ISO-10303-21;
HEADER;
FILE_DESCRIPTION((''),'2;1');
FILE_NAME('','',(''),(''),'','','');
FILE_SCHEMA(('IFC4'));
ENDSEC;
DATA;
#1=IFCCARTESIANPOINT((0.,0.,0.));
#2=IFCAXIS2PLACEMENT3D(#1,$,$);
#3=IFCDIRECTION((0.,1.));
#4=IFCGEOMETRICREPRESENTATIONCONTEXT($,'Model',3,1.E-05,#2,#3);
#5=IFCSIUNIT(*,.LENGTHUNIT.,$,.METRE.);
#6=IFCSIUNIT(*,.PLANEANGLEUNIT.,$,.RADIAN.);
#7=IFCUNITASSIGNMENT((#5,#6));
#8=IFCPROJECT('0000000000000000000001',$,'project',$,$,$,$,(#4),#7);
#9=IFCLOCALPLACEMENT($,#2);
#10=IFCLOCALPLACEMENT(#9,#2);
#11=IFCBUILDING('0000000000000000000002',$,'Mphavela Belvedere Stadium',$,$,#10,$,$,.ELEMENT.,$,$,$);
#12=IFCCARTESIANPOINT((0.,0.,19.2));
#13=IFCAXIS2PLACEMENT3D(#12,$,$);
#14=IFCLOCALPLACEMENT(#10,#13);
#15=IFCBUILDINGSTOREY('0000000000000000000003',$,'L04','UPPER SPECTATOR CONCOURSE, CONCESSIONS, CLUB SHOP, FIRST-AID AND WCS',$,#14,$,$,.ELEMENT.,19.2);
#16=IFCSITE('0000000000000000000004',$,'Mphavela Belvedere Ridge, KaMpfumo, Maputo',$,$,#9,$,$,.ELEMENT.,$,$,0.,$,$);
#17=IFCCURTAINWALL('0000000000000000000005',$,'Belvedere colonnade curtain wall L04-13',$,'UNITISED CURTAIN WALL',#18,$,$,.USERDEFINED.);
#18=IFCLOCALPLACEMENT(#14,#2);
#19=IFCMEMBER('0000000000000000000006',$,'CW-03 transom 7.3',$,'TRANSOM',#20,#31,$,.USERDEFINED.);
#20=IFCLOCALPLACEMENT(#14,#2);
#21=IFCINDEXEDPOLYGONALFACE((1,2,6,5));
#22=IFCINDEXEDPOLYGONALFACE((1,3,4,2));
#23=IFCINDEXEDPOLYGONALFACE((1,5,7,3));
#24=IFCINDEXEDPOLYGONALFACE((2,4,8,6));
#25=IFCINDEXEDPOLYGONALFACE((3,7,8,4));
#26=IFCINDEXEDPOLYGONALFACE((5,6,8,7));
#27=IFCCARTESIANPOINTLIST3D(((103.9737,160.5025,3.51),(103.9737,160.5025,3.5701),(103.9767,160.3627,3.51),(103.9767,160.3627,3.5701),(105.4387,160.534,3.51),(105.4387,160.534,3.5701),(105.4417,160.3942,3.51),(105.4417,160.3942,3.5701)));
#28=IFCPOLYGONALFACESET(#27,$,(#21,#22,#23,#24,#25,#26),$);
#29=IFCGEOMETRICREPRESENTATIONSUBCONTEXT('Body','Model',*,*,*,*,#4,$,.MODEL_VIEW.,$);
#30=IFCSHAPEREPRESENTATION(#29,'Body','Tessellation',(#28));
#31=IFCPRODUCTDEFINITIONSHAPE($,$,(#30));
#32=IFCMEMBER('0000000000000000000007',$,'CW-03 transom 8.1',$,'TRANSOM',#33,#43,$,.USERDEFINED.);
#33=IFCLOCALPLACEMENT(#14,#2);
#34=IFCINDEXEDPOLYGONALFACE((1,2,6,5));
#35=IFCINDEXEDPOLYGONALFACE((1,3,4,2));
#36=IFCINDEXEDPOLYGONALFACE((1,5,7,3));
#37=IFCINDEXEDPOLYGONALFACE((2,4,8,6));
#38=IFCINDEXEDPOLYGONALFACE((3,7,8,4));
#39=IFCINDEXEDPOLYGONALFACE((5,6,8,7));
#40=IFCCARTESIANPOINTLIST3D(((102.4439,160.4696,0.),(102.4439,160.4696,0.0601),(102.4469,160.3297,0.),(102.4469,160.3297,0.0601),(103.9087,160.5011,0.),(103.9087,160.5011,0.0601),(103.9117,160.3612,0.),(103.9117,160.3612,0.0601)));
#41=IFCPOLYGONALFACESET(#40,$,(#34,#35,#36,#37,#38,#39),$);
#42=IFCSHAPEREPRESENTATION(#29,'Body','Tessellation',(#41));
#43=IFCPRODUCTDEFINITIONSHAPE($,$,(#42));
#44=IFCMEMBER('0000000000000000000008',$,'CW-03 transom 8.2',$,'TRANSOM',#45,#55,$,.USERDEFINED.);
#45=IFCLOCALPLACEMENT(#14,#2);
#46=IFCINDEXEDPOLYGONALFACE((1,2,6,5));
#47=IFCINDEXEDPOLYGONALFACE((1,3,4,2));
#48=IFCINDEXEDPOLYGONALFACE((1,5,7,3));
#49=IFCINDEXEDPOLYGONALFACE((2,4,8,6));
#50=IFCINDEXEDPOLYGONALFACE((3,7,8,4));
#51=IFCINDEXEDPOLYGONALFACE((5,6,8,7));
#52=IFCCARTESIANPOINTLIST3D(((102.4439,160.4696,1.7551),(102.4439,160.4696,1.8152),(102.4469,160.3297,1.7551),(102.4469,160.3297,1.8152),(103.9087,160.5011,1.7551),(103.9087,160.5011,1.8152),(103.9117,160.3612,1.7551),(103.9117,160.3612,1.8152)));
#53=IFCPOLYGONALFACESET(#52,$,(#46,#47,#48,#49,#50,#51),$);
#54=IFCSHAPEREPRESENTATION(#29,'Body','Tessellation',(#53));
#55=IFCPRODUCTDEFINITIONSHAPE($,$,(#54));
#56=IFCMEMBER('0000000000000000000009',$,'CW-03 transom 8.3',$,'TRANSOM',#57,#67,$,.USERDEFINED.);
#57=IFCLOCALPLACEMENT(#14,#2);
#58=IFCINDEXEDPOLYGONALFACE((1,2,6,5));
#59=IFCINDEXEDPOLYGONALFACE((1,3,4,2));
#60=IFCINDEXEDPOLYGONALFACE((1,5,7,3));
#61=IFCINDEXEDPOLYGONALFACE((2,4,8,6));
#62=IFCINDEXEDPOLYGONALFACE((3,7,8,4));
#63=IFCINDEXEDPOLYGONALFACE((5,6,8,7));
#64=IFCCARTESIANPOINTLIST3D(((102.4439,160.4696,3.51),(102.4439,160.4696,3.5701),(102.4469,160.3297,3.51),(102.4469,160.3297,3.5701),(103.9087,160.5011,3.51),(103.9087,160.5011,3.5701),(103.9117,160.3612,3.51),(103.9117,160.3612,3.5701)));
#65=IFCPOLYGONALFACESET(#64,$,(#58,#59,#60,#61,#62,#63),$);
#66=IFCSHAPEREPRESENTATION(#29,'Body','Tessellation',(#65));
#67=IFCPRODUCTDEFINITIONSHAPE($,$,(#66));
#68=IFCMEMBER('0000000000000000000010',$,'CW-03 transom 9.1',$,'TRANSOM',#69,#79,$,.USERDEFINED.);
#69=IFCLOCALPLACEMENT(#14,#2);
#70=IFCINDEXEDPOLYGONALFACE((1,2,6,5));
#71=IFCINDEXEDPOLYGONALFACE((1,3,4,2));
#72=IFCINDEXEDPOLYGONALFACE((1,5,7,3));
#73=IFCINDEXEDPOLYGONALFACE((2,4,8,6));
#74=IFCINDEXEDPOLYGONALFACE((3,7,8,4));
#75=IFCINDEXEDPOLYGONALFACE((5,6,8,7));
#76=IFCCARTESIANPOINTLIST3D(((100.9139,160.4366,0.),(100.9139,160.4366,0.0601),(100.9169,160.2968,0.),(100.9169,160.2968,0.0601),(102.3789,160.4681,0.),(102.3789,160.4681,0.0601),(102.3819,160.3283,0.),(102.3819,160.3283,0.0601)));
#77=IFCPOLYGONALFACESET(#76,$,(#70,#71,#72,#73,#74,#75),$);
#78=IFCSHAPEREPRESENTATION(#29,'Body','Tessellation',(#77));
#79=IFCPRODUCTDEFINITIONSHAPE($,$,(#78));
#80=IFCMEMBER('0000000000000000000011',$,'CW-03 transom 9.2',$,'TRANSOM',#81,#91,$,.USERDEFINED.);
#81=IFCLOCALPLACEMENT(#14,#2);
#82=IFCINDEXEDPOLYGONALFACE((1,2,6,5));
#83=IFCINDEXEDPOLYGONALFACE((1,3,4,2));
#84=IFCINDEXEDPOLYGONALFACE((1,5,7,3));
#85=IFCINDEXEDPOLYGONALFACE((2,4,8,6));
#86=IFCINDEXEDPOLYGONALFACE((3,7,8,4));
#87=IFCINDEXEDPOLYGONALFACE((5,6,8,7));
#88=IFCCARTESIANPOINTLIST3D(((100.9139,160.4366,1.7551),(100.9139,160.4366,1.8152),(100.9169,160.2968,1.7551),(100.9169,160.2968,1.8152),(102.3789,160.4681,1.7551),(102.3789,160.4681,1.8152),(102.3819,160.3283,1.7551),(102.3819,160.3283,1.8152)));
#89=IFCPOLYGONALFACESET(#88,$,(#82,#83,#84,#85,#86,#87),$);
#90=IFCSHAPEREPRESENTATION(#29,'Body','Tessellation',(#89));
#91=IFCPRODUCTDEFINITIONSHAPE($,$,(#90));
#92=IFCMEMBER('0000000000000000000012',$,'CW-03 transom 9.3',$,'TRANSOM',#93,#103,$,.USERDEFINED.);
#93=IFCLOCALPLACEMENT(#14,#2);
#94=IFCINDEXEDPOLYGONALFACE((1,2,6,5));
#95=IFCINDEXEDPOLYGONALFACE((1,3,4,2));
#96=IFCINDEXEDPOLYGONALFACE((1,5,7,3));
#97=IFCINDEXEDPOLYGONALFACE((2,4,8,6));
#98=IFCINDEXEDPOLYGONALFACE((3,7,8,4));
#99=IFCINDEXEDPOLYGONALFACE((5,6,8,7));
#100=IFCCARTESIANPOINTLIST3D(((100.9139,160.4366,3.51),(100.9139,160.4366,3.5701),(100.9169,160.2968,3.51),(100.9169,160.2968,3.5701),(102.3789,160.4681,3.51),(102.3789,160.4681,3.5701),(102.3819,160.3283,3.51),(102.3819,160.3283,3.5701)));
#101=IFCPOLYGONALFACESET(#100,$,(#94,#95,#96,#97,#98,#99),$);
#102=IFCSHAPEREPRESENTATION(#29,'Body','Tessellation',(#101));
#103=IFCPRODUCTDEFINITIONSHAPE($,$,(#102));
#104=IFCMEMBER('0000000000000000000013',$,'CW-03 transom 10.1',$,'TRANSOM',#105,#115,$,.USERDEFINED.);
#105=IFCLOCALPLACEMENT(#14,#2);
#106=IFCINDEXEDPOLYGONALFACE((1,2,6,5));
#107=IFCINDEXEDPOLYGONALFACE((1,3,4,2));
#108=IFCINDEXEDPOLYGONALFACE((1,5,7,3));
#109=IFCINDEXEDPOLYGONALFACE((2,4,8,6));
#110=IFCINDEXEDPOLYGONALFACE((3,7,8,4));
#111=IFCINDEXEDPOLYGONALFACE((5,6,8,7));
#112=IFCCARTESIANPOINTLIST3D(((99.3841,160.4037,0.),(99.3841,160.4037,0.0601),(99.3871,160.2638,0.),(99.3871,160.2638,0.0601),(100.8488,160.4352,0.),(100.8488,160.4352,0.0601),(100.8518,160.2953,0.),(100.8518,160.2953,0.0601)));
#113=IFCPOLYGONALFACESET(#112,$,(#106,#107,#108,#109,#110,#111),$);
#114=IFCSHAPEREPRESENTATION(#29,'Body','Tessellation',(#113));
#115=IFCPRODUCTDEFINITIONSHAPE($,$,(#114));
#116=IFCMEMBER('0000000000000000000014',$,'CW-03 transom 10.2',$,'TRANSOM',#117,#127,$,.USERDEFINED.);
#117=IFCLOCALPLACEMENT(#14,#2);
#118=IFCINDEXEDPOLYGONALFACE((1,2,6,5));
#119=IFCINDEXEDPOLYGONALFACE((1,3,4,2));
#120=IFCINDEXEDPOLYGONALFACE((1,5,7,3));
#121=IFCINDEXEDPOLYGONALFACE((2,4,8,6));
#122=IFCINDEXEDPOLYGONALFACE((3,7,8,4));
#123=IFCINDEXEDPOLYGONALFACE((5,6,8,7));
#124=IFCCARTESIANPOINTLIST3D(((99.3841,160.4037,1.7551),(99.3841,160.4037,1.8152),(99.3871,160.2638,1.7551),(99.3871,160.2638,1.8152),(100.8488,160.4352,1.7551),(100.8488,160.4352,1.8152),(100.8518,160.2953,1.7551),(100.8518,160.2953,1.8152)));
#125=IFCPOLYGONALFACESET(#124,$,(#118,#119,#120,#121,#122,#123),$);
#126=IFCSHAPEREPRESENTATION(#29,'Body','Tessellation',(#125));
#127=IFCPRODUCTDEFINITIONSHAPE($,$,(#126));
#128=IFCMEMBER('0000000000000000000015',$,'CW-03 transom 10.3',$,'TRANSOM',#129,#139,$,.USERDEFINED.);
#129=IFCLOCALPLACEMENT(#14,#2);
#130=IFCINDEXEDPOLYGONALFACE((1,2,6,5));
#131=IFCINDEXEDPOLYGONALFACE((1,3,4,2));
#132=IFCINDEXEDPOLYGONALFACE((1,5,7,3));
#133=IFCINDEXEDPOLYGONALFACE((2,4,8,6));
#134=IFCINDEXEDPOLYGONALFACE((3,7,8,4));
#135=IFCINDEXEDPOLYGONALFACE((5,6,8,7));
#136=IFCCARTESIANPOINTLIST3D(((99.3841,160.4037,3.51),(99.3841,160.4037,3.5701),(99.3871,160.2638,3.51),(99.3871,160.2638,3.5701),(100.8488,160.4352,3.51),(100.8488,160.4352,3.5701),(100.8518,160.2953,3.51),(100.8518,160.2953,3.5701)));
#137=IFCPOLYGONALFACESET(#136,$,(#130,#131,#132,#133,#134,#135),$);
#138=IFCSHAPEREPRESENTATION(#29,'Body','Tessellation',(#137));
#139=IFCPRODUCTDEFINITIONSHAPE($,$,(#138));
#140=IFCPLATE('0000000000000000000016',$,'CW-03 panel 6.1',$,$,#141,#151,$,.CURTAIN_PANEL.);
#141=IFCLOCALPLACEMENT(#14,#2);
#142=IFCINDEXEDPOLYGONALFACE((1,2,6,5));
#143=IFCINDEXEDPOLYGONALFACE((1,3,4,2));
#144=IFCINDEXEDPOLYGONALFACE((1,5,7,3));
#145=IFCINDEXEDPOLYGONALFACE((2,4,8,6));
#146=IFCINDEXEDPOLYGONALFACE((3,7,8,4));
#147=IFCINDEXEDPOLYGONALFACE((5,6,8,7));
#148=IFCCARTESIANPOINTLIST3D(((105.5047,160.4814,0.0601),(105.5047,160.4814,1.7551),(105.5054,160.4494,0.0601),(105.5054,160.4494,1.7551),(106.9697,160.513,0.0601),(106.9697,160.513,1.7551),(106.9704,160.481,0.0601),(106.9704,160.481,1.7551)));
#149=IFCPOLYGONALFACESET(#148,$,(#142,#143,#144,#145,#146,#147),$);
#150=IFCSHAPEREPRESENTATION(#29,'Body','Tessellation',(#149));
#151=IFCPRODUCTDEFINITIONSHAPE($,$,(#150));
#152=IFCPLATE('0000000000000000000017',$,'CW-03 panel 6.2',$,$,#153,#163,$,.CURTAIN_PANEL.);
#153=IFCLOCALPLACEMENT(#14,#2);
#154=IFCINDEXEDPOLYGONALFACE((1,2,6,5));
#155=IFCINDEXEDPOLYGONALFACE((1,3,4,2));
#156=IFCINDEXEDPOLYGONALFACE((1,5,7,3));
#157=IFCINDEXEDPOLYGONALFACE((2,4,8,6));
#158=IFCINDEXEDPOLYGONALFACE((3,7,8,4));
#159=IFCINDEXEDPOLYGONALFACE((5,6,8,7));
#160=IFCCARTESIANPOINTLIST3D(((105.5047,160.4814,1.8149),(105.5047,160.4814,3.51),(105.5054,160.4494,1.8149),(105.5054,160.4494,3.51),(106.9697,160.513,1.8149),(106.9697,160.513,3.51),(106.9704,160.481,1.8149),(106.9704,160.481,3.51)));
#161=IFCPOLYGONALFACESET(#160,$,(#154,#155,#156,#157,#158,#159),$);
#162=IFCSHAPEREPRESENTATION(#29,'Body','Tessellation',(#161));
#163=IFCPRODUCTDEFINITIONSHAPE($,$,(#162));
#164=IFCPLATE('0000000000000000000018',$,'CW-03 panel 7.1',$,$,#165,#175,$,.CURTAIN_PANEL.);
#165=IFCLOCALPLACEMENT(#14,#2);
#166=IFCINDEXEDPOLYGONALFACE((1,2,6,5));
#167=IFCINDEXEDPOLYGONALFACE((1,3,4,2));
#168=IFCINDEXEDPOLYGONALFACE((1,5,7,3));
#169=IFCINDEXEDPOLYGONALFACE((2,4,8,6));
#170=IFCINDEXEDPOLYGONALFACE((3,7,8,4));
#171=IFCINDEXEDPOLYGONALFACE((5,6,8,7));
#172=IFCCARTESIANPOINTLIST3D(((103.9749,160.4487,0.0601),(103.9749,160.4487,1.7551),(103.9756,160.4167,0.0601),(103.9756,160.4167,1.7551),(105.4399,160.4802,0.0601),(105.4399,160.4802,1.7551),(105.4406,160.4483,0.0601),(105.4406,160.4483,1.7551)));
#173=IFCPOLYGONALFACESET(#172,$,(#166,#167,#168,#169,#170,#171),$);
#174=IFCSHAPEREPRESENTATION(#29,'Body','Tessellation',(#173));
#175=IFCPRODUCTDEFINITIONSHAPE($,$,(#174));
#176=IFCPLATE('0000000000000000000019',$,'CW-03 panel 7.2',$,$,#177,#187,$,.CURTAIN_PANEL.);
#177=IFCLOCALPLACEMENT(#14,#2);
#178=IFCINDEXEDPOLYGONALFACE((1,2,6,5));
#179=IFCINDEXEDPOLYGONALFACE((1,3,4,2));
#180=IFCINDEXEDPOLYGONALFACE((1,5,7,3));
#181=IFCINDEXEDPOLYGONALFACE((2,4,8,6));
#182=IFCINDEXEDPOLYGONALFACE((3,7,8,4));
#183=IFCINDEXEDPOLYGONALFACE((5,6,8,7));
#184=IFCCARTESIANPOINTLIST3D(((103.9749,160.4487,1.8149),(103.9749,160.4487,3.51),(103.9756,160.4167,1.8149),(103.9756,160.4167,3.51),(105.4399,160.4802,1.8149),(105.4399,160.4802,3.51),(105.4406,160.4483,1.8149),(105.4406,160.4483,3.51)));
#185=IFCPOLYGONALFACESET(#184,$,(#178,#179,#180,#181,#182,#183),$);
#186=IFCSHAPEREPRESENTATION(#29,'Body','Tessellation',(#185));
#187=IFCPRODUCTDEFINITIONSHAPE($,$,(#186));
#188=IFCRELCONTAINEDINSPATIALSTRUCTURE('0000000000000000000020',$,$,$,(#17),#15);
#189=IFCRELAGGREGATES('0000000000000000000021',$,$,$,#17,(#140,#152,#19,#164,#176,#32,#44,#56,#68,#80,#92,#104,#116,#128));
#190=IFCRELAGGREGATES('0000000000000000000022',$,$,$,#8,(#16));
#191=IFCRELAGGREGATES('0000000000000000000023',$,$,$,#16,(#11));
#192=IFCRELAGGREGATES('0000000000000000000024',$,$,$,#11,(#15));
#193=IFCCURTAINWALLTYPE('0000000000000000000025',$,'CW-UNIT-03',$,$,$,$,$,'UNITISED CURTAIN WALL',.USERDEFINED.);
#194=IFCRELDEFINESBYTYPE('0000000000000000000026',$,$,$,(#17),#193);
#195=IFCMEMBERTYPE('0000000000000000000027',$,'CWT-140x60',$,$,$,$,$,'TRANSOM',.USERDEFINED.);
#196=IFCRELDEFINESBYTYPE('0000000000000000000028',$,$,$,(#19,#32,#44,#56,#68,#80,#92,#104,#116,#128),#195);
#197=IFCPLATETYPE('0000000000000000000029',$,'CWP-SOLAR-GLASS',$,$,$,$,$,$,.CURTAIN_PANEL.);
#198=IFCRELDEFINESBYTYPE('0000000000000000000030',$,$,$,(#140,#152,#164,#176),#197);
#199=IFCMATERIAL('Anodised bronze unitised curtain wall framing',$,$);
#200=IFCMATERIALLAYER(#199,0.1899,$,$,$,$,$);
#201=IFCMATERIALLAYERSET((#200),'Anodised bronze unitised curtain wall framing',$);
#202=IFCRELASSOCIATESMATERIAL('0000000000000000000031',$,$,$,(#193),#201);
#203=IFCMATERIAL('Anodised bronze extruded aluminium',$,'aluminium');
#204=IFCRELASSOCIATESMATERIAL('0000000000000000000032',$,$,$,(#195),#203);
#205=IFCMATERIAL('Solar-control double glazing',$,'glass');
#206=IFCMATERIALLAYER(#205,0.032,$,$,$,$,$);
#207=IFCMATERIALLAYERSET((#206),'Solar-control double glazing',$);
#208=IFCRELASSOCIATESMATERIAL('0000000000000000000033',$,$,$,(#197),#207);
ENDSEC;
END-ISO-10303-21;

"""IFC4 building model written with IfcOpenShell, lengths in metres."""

from ifc_helpers import new_model, si_unit, direction, frame, origin, origin_2d, place, context, subcontext, project, spatial, rectangle, extrude, material, layer, layer_set, material_profile, profile_set, type_object, element, aggregate, save


model = new_model("IFC4")

# Units and contexts
model_context = context("Model", 3, precision=1e-05, world=origin(), true_north=direction((0.0, 1.0)))
body_context = subcontext(model_context, "Body", "Model", "MODEL_VIEW")
ifc_project = project(units=[si_unit("LENGTHUNIT", "METRE"), si_unit("PLANEANGLEUNIT", "RADIAN")], contexts=[model_context])

# Site, building, storey
site_placement = place(None, origin())
site = spatial("IfcSite", under=ifc_project, at=site_placement, Name="Mphavela Belvedere Ridge, KaMpfumo, Maputo", CompositionType="ELEMENT", RefElevation=0.0)
building_placement = place(site_placement, origin())
building = spatial("IfcBuilding", under=site, at=building_placement, Name="Mphavela Belvedere Stadium", CompositionType="ELEMENT")
storey_placement = place(building_placement, frame((0.0, 0.0, 19.2)))
storey = spatial("IfcBuildingStorey", under=building, at=storey_placement, Name="L04", Description="UPPER SPECTATOR CONCOURSE, CONCESSIONS, CLUB SHOP, FIRST-AID AND WCS", CompositionType="ELEMENT", Elevation=19.2)

# Curtain wall, members, plates
ifc_material_1 = material(Name="Anodised bronze unitised curtain wall framing")
ifc_layer_1 = layer(ifc_material_1, 0.1899)
ifc_layer_set_1 = layer_set([ifc_layer_1], Name="Anodised bronze unitised curtain wall framing")
curtain_wall_type = type_object("IfcCurtainWallType", Name="CW-UNIT-03", ElementType="UNITISED CURTAIN WALL", PredefinedType="USERDEFINED", material=ifc_layer_set_1)
curtain_wall_placement = place(storey_placement, origin())
curtain_wall = element("IfcCurtainWall", 1, at=curtain_wall_placement, inside=storey, type_object=curtain_wall_type, Name="Belvedere colonnade curtain wall L04-13", ObjectType="UNITISED CURTAIN WALL", PredefinedType="USERDEFINED")
ifc_material_2 = material(Name="Anodised bronze extruded aluminium", Category="aluminium")
ifc_material_profile_1 = material_profile(ifc_material_2, rectangle(XDim=0.1399, YDim=0.0601, at=origin_2d()), Name="CW-TRN 140x60")
ifc_profile_set_1 = profile_set([ifc_material_profile_1], Name="Anodised bronze extruded aluminium")
member_type_1 = type_object("IfcMemberType", Name="CWT-140x60", ElementType="TRANSOM", PredefinedType="USERDEFINED", material=ifc_profile_set_1)
member_1_placement = place(storey_placement, frame((105.4402, 160.4641, 3.54), z_axis=(-0.999769, -0.021491, 0.0), x_axis=(0.021491, -0.999769, 0.0)))
member_1 = element("IfcMember", 2, at=member_1_placement, type_object=member_type_1, Name="CW-03 transom 7.3", ObjectType="TRANSOM", PredefinedType="USERDEFINED", context=body_context, shape_type="SweptSolid", body=[
    extrude(rectangle(XDim=0.1399, YDim=0.0601, at=origin_2d()), origin(), (0.0, 0.0, 1.0), 1.4653),
])
member_2_placement = place(storey_placement, frame((103.9102, 160.4312, 0.03), z_axis=(-0.999769, -0.021495, 0.0), x_axis=(0.021495, -0.999769, 0.0)))
member_2 = element("IfcMember", 3, at=member_2_placement, type_object=member_type_1, Name="CW-03 transom 8.1", ObjectType="TRANSOM", PredefinedType="USERDEFINED", context=body_context, shape_type="SweptSolid", body=[
    extrude(rectangle(XDim=0.1399, YDim=0.0601, at=origin_2d()), origin(), (0.0, 0.0, 1.0), 1.4651),
])
member_3_placement = place(storey_placement, frame((103.9102, 160.4312, 1.7852), z_axis=(-0.999769, -0.021495, 0.0), x_axis=(0.021495, -0.999769, 0.0)))
member_3 = element("IfcMember", 4, at=member_3_placement, type_object=member_type_1, Name="CW-03 transom 8.2", ObjectType="TRANSOM", PredefinedType="USERDEFINED", context=body_context, shape_type="SweptSolid", body=[
    extrude(rectangle(XDim=0.1399, YDim=0.0601, at=origin_2d()), origin(), (0.0, 0.0, 1.0), 1.4651),
])
member_4_placement = place(storey_placement, frame((103.9102, 160.4312, 3.54), z_axis=(-0.999769, -0.021495, 0.0), x_axis=(0.021495, -0.999769, 0.0)))
member_4 = element("IfcMember", 5, at=member_4_placement, type_object=member_type_1, Name="CW-03 transom 8.3", ObjectType="TRANSOM", PredefinedType="USERDEFINED", context=body_context, shape_type="SweptSolid", body=[
    extrude(rectangle(XDim=0.1399, YDim=0.0601, at=origin_2d()), origin(), (0.0, 0.0, 1.0), 1.4651),
])
member_5_placement = place(storey_placement, frame((102.3804, 160.3982, 0.03), z_axis=(-0.999769, -0.021491, 0.0), x_axis=(0.021491, -0.999769, 0.0)))
member_5 = element("IfcMember", 6, at=member_5_placement, type_object=member_type_1, Name="CW-03 transom 9.1", ObjectType="TRANSOM", PredefinedType="USERDEFINED", context=body_context, shape_type="SweptSolid", body=[
    extrude(rectangle(XDim=0.1399, YDim=0.0601, at=origin_2d()), origin(), (0.0, 0.0, 1.0), 1.4653),
])
member_6_placement = place(storey_placement, frame((102.3804, 160.3982, 1.7852), z_axis=(-0.999769, -0.021491, 0.0), x_axis=(0.021491, -0.999769, 0.0)))
member_6 = element("IfcMember", 7, at=member_6_placement, type_object=member_type_1, Name="CW-03 transom 9.2", ObjectType="TRANSOM", PredefinedType="USERDEFINED", context=body_context, shape_type="SweptSolid", body=[
    extrude(rectangle(XDim=0.1399, YDim=0.0601, at=origin_2d()), origin(), (0.0, 0.0, 1.0), 1.4653),
])
member_7_placement = place(storey_placement, frame((102.3804, 160.3982, 3.54), z_axis=(-0.999769, -0.021491, 0.0), x_axis=(0.021491, -0.999769, 0.0)))
member_7 = element("IfcMember", 8, at=member_7_placement, type_object=member_type_1, Name="CW-03 transom 9.3", ObjectType="TRANSOM", PredefinedType="USERDEFINED", context=body_context, shape_type="SweptSolid", body=[
    extrude(rectangle(XDim=0.1399, YDim=0.0601, at=origin_2d()), origin(), (0.0, 0.0, 1.0), 1.4653),
])
member_8_placement = place(storey_placement, frame((100.8503, 160.3652, 0.03), z_axis=(-0.999769, -0.021495, 0.0), x_axis=(0.021495, -0.999769, 0.0)))
member_8 = element("IfcMember", 9, at=member_8_placement, type_object=member_type_1, Name="CW-03 transom 10.1", ObjectType="TRANSOM", PredefinedType="USERDEFINED", context=body_context, shape_type="SweptSolid", body=[
    extrude(rectangle(XDim=0.1399, YDim=0.0601, at=origin_2d()), origin(), (0.0, 0.0, 1.0), 1.4651),
])
member_9_placement = place(storey_placement, frame((100.8503, 160.3652, 1.7852), z_axis=(-0.999769, -0.021495, 0.0), x_axis=(0.021495, -0.999769, 0.0)))
member_9 = element("IfcMember", 10, at=member_9_placement, type_object=member_type_1, Name="CW-03 transom 10.2", ObjectType="TRANSOM", PredefinedType="USERDEFINED", context=body_context, shape_type="SweptSolid", body=[
    extrude(rectangle(XDim=0.1399, YDim=0.0601, at=origin_2d()), origin(), (0.0, 0.0, 1.0), 1.4651),
])
member_10_placement = place(storey_placement, frame((100.8503, 160.3652, 3.54), z_axis=(-0.999769, -0.021495, 0.0), x_axis=(0.021495, -0.999769, 0.0)))
member_10 = element("IfcMember", 11, at=member_10_placement, type_object=member_type_1, Name="CW-03 transom 10.3", ObjectType="TRANSOM", PredefinedType="USERDEFINED", context=body_context, shape_type="SweptSolid", body=[
    extrude(rectangle(XDim=0.1399, YDim=0.0601, at=origin_2d()), origin(), (0.0, 0.0, 1.0), 1.4651),
])
ifc_material_3 = material(Name="Solar-control double glazing", Category="glass")
ifc_layer_2 = layer(ifc_material_3, 0.032)
ifc_layer_set_2 = layer_set([ifc_layer_2], Name="Solar-control double glazing")
plate_type = type_object("IfcPlateType", Name="CWP-SOLAR-GLASS", PredefinedType="CURTAIN_PANEL", material=ifc_layer_set_2)
plate_1_placement = place(storey_placement, frame((106.2375, 160.4812, 0.0601), z_axis=(0.0, 0.0, 1.0), x_axis=(-0.999768, -0.021527, 0.0)))
plate_1 = element("IfcPlate", 12, at=plate_1_placement, type_object=plate_type, Name="CW-03 panel 6.1", PredefinedType="CURTAIN_PANEL", context=body_context, shape_type="SweptSolid", body=[
    extrude(rectangle(XDim=1.4653, YDim=0.032, at=origin_2d()), origin(), (0.0, 0.0, 1.0), 1.6951),
])
plate_2_placement = place(storey_placement, frame((106.2375, 160.4812, 1.8149), z_axis=(0.0, 0.0, 1.0), x_axis=(-0.999768, -0.021527, 0.0)))
plate_2 = element("IfcPlate", 13, at=plate_2_placement, type_object=plate_type, Name="CW-03 panel 6.2", PredefinedType="CURTAIN_PANEL", context=body_context, shape_type="SweptSolid", body=[
    extrude(rectangle(XDim=1.4653, YDim=0.032, at=origin_2d()), origin(), (0.0, 0.0, 1.0), 1.6951),
])
plate_3_placement = place(storey_placement, frame((104.7078, 160.4485, 0.0601), z_axis=(0.0, 0.0, 1.0), x_axis=(-0.999768, -0.021527, 0.0)))
plate_3 = element("IfcPlate", 14, at=plate_3_placement, type_object=plate_type, Name="CW-03 panel 7.1", PredefinedType="CURTAIN_PANEL", context=body_context, shape_type="SweptSolid", body=[
    extrude(rectangle(XDim=1.4653, YDim=0.032, at=origin_2d()), origin(), (0.0, 0.0, 1.0), 1.6951),
])
plate_4_placement = place(storey_placement, frame((104.7078, 160.4485, 1.8149), z_axis=(0.0, 0.0, 1.0), x_axis=(-0.999768, -0.021527, 0.0)))
plate_4 = element("IfcPlate", 15, at=plate_4_placement, type_object=plate_type, Name="CW-03 panel 7.2", PredefinedType="CURTAIN_PANEL", context=body_context, shape_type="SweptSolid", body=[
    extrude(rectangle(XDim=1.4653, YDim=0.032, at=origin_2d()), origin(), (0.0, 0.0, 1.0), 1.6951),
])
aggregate(curtain_wall, [plate_1, plate_2, member_1, plate_3, plate_4, member_2, member_3, member_4, member_5, member_6, member_7, member_8, member_9, member_10])

save(model, "model.ifc")
